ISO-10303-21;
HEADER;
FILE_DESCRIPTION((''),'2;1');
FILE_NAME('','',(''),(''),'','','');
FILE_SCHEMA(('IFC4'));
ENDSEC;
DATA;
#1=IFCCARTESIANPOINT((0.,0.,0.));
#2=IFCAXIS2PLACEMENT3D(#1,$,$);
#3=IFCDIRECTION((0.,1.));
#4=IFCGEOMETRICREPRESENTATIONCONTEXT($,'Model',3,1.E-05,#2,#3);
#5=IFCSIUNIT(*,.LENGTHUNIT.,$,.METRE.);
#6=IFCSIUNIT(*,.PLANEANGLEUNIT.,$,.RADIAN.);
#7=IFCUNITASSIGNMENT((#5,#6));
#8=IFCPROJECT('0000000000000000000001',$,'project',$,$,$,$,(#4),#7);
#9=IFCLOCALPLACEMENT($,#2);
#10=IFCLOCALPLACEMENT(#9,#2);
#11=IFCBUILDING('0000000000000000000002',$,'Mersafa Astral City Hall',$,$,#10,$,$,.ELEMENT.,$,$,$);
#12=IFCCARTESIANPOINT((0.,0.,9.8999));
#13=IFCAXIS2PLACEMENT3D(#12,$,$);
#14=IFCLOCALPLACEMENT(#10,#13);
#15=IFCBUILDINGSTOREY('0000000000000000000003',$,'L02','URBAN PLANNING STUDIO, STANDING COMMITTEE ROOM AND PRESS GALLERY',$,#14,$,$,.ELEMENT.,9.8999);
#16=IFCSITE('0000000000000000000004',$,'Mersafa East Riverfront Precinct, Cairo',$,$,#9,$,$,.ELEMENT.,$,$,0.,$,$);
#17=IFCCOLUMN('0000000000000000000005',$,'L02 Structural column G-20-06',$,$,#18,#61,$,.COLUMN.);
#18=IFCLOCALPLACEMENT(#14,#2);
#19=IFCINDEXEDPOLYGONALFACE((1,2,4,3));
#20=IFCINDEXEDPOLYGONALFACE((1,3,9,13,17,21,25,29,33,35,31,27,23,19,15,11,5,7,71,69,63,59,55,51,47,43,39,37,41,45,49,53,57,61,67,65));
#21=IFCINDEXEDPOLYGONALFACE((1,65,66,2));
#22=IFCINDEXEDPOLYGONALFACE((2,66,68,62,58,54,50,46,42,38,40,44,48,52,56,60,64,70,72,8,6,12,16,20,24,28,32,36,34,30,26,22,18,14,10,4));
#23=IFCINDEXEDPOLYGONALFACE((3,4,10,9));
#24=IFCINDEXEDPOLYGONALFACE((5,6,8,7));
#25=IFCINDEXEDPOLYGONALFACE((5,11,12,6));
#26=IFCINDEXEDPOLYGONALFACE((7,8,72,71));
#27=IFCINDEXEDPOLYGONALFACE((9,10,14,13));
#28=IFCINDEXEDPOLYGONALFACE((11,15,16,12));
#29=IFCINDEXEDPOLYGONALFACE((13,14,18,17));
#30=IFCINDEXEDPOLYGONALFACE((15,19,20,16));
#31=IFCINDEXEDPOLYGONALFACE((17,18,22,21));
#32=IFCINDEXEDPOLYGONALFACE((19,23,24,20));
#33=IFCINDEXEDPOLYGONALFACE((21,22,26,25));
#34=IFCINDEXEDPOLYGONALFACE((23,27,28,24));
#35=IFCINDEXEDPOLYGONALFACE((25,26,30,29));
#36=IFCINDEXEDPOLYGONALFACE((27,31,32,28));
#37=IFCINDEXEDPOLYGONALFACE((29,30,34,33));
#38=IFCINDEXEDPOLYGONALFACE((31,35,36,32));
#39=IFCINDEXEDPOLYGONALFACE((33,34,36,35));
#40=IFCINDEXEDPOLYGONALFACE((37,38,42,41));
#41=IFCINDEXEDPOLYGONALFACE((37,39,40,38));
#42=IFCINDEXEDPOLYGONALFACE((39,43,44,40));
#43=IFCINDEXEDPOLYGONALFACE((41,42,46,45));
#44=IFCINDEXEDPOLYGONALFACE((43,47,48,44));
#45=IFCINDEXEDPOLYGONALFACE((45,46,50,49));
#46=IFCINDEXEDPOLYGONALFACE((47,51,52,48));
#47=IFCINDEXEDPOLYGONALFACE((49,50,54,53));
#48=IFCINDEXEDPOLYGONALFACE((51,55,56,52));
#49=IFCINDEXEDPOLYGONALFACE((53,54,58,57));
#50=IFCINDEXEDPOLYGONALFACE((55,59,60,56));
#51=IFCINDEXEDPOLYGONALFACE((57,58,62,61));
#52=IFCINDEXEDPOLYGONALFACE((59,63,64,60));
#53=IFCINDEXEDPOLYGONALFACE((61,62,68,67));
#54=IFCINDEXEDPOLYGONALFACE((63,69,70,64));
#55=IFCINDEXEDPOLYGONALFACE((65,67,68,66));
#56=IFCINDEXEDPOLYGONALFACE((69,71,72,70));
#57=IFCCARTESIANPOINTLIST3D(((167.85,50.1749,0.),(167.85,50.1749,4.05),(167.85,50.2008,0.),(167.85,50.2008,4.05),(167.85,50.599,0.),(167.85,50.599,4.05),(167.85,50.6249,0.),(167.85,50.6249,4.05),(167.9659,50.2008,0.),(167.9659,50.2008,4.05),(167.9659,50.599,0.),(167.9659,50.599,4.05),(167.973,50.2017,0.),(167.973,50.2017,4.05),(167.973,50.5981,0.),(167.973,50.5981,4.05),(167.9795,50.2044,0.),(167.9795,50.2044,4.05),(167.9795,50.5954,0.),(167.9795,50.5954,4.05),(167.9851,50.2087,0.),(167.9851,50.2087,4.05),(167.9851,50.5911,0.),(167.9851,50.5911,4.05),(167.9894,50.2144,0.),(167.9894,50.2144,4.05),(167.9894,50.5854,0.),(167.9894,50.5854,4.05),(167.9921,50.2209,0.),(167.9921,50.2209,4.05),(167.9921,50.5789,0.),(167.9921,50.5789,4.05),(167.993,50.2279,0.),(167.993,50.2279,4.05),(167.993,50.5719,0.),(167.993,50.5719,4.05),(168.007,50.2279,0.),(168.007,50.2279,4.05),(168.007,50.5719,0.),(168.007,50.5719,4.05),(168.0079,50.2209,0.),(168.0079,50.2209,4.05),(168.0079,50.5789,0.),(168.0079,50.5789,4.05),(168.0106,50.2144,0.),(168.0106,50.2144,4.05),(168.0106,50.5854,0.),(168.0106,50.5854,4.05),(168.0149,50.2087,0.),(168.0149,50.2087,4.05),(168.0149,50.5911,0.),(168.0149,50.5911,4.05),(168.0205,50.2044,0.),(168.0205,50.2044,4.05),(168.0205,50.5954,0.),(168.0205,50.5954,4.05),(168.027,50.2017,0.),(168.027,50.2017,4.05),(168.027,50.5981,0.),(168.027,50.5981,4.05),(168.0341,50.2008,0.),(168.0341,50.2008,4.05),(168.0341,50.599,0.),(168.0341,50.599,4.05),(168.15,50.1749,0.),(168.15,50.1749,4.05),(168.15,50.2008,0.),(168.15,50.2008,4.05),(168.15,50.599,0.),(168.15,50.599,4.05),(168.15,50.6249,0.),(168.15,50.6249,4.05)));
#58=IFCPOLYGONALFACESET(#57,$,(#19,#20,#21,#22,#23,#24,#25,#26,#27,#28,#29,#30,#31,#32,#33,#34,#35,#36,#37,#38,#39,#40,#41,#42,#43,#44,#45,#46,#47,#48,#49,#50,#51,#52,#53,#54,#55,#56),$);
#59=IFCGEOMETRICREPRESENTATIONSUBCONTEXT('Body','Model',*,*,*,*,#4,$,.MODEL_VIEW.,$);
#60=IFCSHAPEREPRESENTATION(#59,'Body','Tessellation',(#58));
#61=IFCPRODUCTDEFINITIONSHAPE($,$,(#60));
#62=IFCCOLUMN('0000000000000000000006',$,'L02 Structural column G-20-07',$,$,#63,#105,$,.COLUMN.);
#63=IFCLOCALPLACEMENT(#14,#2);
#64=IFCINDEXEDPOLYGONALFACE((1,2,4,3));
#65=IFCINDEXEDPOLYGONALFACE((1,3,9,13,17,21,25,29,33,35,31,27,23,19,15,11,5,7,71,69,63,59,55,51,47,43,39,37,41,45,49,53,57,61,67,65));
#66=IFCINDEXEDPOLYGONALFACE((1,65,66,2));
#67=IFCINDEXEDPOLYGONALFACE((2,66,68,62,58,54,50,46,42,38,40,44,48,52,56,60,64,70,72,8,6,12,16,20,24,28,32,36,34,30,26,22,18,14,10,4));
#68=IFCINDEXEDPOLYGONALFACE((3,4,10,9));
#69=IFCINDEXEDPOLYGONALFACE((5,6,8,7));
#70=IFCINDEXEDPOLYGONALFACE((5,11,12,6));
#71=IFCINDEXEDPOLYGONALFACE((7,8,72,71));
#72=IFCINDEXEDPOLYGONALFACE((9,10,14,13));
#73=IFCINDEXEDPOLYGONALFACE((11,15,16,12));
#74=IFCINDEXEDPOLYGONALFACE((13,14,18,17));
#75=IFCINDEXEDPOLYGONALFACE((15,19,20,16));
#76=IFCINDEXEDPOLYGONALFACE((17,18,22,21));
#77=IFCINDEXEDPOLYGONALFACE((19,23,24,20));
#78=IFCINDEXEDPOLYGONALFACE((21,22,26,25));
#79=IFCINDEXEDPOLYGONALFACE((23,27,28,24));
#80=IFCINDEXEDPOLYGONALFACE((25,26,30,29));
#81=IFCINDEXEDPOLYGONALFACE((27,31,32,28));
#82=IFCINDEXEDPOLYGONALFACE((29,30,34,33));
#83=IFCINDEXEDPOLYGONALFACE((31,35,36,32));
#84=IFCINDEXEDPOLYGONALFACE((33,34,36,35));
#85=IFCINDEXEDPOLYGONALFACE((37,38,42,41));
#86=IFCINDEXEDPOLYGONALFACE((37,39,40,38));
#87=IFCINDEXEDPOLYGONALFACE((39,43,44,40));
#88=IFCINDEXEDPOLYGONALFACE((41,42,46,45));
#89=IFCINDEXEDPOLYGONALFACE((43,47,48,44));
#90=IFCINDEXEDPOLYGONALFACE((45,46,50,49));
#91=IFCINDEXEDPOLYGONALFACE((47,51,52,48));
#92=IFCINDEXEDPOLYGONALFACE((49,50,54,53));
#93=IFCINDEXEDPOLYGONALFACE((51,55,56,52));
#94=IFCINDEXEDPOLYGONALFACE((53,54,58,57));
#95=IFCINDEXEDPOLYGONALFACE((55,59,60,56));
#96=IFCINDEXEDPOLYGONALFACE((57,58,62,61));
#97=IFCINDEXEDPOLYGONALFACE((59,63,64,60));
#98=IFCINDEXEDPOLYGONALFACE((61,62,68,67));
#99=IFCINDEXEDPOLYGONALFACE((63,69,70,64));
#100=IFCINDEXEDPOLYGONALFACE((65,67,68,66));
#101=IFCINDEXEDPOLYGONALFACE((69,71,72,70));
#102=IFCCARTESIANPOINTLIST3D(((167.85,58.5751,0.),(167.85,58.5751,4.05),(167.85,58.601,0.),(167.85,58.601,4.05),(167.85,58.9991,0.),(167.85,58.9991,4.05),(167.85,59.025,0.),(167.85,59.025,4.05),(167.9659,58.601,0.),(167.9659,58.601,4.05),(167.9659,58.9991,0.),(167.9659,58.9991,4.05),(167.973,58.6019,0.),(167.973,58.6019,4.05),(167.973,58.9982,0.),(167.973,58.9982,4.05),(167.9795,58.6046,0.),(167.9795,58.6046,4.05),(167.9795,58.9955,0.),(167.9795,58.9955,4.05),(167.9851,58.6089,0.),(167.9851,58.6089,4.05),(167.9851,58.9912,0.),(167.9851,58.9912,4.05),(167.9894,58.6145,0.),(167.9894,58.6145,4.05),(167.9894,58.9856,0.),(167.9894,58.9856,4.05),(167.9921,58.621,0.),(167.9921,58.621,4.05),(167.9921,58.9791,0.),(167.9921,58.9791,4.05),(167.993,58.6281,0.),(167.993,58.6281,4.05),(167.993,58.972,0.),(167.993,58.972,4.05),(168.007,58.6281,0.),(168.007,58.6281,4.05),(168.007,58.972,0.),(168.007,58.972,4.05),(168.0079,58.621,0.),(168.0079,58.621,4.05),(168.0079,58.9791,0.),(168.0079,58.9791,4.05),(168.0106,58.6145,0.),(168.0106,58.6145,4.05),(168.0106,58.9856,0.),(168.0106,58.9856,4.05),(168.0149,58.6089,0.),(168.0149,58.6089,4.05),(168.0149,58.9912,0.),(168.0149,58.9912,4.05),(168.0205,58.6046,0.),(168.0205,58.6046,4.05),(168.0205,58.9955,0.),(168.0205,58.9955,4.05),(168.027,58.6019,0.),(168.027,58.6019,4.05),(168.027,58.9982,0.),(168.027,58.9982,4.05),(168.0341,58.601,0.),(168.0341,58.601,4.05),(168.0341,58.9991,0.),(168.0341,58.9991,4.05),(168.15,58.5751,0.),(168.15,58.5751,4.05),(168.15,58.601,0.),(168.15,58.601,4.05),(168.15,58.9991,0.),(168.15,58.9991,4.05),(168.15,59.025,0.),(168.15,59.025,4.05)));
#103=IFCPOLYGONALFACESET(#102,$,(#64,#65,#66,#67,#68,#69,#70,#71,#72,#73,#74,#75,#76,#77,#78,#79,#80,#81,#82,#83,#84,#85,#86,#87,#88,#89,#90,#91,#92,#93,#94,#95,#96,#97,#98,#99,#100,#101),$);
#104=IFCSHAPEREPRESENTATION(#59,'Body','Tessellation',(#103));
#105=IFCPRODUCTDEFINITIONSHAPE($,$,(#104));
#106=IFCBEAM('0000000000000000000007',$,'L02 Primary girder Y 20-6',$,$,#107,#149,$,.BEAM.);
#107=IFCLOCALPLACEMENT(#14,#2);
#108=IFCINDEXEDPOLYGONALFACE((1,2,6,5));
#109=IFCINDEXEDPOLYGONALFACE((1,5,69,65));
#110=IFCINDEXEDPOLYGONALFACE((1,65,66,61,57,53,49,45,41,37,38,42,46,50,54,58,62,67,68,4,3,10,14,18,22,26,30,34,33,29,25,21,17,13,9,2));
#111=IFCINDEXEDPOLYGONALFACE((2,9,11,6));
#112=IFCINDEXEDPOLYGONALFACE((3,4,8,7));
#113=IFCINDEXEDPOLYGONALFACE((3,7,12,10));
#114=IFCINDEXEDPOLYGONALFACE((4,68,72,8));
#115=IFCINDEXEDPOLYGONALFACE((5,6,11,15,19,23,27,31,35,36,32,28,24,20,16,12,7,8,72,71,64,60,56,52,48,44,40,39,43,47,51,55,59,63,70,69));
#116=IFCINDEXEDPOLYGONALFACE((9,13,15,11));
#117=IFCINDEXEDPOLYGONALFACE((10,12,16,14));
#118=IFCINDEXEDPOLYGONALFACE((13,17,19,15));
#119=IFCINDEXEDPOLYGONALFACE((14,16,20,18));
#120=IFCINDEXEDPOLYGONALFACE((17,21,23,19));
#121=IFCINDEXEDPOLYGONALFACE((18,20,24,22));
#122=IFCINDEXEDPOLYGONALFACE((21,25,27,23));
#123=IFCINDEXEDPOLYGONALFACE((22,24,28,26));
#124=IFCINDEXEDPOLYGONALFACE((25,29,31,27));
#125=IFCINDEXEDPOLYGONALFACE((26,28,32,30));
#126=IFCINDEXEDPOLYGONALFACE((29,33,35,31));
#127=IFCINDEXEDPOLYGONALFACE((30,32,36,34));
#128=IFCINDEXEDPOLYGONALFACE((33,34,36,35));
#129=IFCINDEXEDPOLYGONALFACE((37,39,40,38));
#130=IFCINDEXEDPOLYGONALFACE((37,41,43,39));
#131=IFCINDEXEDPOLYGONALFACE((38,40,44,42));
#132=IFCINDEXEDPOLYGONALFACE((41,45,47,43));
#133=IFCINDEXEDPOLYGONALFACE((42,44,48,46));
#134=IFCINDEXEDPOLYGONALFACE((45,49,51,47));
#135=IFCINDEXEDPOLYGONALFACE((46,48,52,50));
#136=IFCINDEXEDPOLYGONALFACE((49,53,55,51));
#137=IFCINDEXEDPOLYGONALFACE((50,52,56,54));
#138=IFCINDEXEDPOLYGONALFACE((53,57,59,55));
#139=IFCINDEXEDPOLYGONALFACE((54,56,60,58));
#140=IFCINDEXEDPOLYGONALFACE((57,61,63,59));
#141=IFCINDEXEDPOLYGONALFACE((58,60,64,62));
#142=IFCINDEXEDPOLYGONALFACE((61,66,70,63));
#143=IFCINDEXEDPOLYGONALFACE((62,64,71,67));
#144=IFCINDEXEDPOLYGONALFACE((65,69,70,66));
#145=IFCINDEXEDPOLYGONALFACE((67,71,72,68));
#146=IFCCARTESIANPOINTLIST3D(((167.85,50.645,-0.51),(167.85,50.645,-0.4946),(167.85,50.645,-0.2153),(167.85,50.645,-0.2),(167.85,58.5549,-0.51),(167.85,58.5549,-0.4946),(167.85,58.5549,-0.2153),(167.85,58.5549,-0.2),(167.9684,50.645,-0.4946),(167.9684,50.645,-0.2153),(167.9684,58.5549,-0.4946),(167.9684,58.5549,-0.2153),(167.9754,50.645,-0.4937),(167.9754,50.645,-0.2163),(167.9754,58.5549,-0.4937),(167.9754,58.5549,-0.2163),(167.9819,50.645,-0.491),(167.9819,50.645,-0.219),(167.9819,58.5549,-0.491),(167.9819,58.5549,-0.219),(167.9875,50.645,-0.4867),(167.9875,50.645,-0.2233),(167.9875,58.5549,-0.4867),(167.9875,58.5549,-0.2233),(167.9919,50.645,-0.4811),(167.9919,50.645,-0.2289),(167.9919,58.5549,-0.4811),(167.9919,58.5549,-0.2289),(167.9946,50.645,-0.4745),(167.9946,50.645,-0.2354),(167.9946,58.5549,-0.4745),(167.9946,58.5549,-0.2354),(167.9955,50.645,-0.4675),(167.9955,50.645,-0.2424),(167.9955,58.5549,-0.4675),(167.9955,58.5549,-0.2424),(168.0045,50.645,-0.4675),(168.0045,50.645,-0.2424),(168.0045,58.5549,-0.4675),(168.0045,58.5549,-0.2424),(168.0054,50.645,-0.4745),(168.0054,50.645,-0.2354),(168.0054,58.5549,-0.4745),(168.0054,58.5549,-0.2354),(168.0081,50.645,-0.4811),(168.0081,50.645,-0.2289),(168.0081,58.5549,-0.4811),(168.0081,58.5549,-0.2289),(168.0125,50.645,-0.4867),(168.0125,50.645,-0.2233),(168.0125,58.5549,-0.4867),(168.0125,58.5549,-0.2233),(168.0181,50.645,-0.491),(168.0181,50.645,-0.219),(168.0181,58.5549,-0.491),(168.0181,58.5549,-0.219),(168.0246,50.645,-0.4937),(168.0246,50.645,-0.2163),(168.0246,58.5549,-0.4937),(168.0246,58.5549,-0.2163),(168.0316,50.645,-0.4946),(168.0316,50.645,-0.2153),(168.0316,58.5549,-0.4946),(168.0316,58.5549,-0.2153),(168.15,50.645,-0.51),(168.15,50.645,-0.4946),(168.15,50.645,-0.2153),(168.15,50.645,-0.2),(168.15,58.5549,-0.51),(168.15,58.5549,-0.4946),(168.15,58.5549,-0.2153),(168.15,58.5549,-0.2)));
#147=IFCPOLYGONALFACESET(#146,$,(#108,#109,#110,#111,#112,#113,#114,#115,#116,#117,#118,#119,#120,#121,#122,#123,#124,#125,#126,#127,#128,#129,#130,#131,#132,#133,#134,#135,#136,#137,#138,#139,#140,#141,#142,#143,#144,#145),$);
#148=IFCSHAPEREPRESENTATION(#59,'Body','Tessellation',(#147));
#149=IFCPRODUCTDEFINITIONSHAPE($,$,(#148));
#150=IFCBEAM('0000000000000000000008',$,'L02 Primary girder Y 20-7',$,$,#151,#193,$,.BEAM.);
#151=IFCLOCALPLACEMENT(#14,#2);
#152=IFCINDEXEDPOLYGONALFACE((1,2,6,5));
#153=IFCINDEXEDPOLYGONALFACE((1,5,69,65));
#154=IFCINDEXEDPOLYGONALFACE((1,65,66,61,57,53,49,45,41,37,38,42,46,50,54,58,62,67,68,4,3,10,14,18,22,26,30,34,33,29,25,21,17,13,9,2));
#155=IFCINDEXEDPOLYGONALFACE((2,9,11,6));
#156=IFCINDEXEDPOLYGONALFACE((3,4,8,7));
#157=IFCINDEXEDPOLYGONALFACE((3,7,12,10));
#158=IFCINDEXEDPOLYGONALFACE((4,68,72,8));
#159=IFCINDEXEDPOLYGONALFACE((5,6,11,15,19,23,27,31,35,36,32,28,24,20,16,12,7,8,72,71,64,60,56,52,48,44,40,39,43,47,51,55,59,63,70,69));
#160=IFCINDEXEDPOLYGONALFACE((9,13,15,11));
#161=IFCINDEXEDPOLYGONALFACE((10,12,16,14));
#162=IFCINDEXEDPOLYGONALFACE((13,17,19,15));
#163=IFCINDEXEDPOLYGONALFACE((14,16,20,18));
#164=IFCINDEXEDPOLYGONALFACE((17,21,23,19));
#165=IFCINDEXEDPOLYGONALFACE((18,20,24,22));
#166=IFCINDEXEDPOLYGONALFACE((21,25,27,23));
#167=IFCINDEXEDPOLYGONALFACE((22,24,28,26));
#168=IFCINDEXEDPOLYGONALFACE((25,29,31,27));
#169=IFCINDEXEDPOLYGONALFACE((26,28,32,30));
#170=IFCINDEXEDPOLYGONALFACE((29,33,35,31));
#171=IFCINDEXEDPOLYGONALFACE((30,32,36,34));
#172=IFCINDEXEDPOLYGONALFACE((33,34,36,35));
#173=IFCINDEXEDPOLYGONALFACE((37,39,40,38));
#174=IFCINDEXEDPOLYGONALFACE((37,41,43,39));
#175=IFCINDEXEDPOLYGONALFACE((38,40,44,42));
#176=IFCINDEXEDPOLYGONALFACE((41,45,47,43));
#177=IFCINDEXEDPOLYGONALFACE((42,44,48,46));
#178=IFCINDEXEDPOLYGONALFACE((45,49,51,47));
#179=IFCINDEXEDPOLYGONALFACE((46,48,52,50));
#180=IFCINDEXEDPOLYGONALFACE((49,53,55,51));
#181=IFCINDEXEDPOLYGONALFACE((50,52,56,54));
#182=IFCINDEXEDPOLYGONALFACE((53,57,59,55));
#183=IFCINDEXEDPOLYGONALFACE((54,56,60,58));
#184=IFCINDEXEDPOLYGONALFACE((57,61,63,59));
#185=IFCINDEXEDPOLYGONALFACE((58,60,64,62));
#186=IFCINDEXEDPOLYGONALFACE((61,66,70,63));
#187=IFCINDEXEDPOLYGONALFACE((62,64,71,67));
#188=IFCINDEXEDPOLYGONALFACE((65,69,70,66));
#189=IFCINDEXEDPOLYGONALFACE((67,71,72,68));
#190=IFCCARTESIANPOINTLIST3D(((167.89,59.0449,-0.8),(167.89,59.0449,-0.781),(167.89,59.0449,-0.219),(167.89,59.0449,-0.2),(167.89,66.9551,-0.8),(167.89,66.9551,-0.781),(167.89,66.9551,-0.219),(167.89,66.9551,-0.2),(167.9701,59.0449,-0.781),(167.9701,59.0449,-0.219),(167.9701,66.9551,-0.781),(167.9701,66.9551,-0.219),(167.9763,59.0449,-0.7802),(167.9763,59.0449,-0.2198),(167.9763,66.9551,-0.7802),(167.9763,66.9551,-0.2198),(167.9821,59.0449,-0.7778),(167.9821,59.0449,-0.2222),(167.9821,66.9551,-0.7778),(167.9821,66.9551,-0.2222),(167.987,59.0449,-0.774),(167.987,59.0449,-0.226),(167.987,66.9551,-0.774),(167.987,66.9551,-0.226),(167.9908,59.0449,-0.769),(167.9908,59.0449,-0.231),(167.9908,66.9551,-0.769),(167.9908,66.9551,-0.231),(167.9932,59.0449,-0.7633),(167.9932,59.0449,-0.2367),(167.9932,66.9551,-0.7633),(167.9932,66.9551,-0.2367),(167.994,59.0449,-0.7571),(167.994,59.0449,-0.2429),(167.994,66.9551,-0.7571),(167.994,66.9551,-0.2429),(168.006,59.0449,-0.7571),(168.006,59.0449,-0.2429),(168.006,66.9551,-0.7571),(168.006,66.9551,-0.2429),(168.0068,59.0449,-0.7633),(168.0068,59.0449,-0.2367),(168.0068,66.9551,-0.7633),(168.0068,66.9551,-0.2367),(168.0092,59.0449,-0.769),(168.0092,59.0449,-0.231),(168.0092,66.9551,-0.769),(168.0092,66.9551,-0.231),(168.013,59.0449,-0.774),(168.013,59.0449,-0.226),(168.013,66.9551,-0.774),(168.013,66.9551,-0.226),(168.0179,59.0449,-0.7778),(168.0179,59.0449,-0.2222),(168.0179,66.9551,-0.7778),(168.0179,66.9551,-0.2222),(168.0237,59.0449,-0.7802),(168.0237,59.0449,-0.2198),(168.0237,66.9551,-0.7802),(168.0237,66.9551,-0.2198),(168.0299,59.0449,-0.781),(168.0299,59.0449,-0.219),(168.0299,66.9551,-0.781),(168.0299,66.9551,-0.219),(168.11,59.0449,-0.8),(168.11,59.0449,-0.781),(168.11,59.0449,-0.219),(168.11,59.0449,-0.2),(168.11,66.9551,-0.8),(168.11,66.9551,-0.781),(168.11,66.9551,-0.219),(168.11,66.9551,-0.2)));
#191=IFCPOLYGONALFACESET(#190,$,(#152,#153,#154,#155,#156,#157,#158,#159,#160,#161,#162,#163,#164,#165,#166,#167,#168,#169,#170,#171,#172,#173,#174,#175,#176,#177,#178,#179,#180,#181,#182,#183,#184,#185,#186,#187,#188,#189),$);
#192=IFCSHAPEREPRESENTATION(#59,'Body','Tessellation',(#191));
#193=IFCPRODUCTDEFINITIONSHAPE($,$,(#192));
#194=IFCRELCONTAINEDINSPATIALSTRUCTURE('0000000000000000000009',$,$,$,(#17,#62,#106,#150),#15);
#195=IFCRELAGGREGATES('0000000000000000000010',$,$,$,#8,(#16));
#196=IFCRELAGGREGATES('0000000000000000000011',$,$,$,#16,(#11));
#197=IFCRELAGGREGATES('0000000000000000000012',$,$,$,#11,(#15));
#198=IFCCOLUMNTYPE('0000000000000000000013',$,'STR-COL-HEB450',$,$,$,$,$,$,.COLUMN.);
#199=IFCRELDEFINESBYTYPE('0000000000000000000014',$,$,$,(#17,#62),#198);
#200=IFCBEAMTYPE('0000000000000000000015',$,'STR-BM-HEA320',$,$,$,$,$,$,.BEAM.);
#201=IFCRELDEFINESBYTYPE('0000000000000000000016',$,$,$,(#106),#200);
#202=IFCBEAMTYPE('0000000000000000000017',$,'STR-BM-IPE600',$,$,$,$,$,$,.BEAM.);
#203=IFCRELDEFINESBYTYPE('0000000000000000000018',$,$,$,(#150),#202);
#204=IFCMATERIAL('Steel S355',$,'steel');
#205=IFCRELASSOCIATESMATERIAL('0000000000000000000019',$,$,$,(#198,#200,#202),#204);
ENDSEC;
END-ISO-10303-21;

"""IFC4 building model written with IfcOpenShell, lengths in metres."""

from ifc_helpers import new_model, si_unit, direction, frame, origin, origin_2d, place, context, subcontext, project, spatial, i_section, extrude, material, material_profile, profile_set, type_object, element, save


model = new_model("IFC4")

# Units and contexts
model_context = context("Model", 3, precision=1e-05, world=origin(), true_north=direction((0.0, 1.0)))
body_context = subcontext(model_context, "Body", "Model", "MODEL_VIEW")
ifc_project = project(units=[si_unit("LENGTHUNIT", "METRE"), si_unit("PLANEANGLEUNIT", "RADIAN")], contexts=[model_context])

# Site, building, storey
site_placement = place(None, origin())
site = spatial("IfcSite", under=ifc_project, at=site_placement, Name="Mersafa East Riverfront Precinct, Cairo", CompositionType="ELEMENT", RefElevation=0.0)
building_placement = place(site_placement, origin())
building = spatial("IfcBuilding", under=site, at=building_placement, Name="Mersafa Astral City Hall", CompositionType="ELEMENT")
storey_placement = place(building_placement, frame((0.0, 0.0, 9.8999)))
storey = spatial("IfcBuildingStorey", under=building, at=storey_placement, Name="L02", Description="URBAN PLANNING STUDIO, STANDING COMMITTEE ROOM AND PRESS GALLERY", CompositionType="ELEMENT", Elevation=9.8999)

# Columns
ifc_material_1 = material(Name="Steel S355", Category="steel")
ifc_material_profile_1 = material_profile(ifc_material_1, i_section(OverallWidth=0.3, OverallDepth=0.45, WebThickness=0.0139, FlangeThickness=0.0259, FilletRadius=0.0271, at=origin_2d()), Name="HEB 450")
ifc_profile_set_1 = profile_set([ifc_material_profile_1], Name="Steel S355")
column_type = type_object("IfcColumnType", Name="STR-COL-HEB450", PredefinedType="COLUMN", material=ifc_profile_set_1)
for number, where, z_axis, x_axis, name in (
    (1, (168.0, 50.3999, 0.0), (0.0, 0.0, 1.0), (1.0, 0.0, 0.0), "L02 Structural column G-20-06"),
    (2, (168.0, 58.8, 0.0), (0.0, 0.0, 1.0), (1.0, 0.0, 0.0), "L02 Structural column G-20-07"),
):
    element("IfcColumn", number, at=place(storey_placement, frame(where, z_axis=z_axis, x_axis=x_axis)), inside=storey, type_object=column_type, Name=name, PredefinedType="COLUMN", context=body_context, shape_type="SweptSolid", body=[
        extrude(i_section(OverallWidth=0.3, OverallDepth=0.45, WebThickness=0.0139, FlangeThickness=0.0259, FilletRadius=0.0271, at=origin_2d()), origin(), (0.0, 0.0, 1.0), 4.05),
    ])

# Beams
ifc_material_profile_2 = material_profile(ifc_material_1, i_section(OverallWidth=0.3, OverallDepth=0.3101, WebThickness=0.009, FlangeThickness=0.0154, FilletRadius=0.0271, at=origin_2d()), Name="HEA 320")
ifc_profile_set_2 = profile_set([ifc_material_profile_2], Name="Steel S355")
beam_type_1 = type_object("IfcBeamType", Name="STR-BM-HEA320", PredefinedType="BEAM", material=ifc_profile_set_2)
beam_1_placement = place(storey_placement, frame((168.0, 50.645, -0.355), z_axis=(0.0, 1.0, 0.0), x_axis=(-1.0, 0.0, 0.0)))
element("IfcBeam", 3, at=beam_1_placement, inside=storey, type_object=beam_type_1, Name="L02 Primary girder Y 20-6", PredefinedType="BEAM", context=body_context, shape_type="SweptSolid", body=[
    extrude(i_section(OverallWidth=0.3, OverallDepth=0.3101, WebThickness=0.009, FlangeThickness=0.0154, FilletRadius=0.0271, at=origin_2d()), origin(), (0.0, 0.0, 1.0), 7.9099),
])
ifc_material_profile_3 = material_profile(ifc_material_1, i_section(OverallWidth=0.22, OverallDepth=0.6001, WebThickness=0.012, FlangeThickness=0.019, FilletRadius=0.0239, at=origin_2d()), Name="IPE 600")
ifc_profile_set_3 = profile_set([ifc_material_profile_3], Name="Steel S355")
beam_type_2 = type_object("IfcBeamType", Name="STR-BM-IPE600", PredefinedType="BEAM", material=ifc_profile_set_3)
beam_2_placement = place(storey_placement, frame((168.0, 59.0449, -0.5), z_axis=(0.0, 1.0, 0.0), x_axis=(-1.0, 0.0, 0.0)))
element("IfcBeam", 4, at=beam_2_placement, inside=storey, type_object=beam_type_2, Name="L02 Primary girder Y 20-7", PredefinedType="BEAM", context=body_context, shape_type="SweptSolid", body=[
    extrude(i_section(OverallWidth=0.22, OverallDepth=0.6001, WebThickness=0.012, FlangeThickness=0.019, FilletRadius=0.0239, at=origin_2d()), origin(), (0.0, 0.0, 1.0), 7.9102),
])

save(model, "model.ifc")
